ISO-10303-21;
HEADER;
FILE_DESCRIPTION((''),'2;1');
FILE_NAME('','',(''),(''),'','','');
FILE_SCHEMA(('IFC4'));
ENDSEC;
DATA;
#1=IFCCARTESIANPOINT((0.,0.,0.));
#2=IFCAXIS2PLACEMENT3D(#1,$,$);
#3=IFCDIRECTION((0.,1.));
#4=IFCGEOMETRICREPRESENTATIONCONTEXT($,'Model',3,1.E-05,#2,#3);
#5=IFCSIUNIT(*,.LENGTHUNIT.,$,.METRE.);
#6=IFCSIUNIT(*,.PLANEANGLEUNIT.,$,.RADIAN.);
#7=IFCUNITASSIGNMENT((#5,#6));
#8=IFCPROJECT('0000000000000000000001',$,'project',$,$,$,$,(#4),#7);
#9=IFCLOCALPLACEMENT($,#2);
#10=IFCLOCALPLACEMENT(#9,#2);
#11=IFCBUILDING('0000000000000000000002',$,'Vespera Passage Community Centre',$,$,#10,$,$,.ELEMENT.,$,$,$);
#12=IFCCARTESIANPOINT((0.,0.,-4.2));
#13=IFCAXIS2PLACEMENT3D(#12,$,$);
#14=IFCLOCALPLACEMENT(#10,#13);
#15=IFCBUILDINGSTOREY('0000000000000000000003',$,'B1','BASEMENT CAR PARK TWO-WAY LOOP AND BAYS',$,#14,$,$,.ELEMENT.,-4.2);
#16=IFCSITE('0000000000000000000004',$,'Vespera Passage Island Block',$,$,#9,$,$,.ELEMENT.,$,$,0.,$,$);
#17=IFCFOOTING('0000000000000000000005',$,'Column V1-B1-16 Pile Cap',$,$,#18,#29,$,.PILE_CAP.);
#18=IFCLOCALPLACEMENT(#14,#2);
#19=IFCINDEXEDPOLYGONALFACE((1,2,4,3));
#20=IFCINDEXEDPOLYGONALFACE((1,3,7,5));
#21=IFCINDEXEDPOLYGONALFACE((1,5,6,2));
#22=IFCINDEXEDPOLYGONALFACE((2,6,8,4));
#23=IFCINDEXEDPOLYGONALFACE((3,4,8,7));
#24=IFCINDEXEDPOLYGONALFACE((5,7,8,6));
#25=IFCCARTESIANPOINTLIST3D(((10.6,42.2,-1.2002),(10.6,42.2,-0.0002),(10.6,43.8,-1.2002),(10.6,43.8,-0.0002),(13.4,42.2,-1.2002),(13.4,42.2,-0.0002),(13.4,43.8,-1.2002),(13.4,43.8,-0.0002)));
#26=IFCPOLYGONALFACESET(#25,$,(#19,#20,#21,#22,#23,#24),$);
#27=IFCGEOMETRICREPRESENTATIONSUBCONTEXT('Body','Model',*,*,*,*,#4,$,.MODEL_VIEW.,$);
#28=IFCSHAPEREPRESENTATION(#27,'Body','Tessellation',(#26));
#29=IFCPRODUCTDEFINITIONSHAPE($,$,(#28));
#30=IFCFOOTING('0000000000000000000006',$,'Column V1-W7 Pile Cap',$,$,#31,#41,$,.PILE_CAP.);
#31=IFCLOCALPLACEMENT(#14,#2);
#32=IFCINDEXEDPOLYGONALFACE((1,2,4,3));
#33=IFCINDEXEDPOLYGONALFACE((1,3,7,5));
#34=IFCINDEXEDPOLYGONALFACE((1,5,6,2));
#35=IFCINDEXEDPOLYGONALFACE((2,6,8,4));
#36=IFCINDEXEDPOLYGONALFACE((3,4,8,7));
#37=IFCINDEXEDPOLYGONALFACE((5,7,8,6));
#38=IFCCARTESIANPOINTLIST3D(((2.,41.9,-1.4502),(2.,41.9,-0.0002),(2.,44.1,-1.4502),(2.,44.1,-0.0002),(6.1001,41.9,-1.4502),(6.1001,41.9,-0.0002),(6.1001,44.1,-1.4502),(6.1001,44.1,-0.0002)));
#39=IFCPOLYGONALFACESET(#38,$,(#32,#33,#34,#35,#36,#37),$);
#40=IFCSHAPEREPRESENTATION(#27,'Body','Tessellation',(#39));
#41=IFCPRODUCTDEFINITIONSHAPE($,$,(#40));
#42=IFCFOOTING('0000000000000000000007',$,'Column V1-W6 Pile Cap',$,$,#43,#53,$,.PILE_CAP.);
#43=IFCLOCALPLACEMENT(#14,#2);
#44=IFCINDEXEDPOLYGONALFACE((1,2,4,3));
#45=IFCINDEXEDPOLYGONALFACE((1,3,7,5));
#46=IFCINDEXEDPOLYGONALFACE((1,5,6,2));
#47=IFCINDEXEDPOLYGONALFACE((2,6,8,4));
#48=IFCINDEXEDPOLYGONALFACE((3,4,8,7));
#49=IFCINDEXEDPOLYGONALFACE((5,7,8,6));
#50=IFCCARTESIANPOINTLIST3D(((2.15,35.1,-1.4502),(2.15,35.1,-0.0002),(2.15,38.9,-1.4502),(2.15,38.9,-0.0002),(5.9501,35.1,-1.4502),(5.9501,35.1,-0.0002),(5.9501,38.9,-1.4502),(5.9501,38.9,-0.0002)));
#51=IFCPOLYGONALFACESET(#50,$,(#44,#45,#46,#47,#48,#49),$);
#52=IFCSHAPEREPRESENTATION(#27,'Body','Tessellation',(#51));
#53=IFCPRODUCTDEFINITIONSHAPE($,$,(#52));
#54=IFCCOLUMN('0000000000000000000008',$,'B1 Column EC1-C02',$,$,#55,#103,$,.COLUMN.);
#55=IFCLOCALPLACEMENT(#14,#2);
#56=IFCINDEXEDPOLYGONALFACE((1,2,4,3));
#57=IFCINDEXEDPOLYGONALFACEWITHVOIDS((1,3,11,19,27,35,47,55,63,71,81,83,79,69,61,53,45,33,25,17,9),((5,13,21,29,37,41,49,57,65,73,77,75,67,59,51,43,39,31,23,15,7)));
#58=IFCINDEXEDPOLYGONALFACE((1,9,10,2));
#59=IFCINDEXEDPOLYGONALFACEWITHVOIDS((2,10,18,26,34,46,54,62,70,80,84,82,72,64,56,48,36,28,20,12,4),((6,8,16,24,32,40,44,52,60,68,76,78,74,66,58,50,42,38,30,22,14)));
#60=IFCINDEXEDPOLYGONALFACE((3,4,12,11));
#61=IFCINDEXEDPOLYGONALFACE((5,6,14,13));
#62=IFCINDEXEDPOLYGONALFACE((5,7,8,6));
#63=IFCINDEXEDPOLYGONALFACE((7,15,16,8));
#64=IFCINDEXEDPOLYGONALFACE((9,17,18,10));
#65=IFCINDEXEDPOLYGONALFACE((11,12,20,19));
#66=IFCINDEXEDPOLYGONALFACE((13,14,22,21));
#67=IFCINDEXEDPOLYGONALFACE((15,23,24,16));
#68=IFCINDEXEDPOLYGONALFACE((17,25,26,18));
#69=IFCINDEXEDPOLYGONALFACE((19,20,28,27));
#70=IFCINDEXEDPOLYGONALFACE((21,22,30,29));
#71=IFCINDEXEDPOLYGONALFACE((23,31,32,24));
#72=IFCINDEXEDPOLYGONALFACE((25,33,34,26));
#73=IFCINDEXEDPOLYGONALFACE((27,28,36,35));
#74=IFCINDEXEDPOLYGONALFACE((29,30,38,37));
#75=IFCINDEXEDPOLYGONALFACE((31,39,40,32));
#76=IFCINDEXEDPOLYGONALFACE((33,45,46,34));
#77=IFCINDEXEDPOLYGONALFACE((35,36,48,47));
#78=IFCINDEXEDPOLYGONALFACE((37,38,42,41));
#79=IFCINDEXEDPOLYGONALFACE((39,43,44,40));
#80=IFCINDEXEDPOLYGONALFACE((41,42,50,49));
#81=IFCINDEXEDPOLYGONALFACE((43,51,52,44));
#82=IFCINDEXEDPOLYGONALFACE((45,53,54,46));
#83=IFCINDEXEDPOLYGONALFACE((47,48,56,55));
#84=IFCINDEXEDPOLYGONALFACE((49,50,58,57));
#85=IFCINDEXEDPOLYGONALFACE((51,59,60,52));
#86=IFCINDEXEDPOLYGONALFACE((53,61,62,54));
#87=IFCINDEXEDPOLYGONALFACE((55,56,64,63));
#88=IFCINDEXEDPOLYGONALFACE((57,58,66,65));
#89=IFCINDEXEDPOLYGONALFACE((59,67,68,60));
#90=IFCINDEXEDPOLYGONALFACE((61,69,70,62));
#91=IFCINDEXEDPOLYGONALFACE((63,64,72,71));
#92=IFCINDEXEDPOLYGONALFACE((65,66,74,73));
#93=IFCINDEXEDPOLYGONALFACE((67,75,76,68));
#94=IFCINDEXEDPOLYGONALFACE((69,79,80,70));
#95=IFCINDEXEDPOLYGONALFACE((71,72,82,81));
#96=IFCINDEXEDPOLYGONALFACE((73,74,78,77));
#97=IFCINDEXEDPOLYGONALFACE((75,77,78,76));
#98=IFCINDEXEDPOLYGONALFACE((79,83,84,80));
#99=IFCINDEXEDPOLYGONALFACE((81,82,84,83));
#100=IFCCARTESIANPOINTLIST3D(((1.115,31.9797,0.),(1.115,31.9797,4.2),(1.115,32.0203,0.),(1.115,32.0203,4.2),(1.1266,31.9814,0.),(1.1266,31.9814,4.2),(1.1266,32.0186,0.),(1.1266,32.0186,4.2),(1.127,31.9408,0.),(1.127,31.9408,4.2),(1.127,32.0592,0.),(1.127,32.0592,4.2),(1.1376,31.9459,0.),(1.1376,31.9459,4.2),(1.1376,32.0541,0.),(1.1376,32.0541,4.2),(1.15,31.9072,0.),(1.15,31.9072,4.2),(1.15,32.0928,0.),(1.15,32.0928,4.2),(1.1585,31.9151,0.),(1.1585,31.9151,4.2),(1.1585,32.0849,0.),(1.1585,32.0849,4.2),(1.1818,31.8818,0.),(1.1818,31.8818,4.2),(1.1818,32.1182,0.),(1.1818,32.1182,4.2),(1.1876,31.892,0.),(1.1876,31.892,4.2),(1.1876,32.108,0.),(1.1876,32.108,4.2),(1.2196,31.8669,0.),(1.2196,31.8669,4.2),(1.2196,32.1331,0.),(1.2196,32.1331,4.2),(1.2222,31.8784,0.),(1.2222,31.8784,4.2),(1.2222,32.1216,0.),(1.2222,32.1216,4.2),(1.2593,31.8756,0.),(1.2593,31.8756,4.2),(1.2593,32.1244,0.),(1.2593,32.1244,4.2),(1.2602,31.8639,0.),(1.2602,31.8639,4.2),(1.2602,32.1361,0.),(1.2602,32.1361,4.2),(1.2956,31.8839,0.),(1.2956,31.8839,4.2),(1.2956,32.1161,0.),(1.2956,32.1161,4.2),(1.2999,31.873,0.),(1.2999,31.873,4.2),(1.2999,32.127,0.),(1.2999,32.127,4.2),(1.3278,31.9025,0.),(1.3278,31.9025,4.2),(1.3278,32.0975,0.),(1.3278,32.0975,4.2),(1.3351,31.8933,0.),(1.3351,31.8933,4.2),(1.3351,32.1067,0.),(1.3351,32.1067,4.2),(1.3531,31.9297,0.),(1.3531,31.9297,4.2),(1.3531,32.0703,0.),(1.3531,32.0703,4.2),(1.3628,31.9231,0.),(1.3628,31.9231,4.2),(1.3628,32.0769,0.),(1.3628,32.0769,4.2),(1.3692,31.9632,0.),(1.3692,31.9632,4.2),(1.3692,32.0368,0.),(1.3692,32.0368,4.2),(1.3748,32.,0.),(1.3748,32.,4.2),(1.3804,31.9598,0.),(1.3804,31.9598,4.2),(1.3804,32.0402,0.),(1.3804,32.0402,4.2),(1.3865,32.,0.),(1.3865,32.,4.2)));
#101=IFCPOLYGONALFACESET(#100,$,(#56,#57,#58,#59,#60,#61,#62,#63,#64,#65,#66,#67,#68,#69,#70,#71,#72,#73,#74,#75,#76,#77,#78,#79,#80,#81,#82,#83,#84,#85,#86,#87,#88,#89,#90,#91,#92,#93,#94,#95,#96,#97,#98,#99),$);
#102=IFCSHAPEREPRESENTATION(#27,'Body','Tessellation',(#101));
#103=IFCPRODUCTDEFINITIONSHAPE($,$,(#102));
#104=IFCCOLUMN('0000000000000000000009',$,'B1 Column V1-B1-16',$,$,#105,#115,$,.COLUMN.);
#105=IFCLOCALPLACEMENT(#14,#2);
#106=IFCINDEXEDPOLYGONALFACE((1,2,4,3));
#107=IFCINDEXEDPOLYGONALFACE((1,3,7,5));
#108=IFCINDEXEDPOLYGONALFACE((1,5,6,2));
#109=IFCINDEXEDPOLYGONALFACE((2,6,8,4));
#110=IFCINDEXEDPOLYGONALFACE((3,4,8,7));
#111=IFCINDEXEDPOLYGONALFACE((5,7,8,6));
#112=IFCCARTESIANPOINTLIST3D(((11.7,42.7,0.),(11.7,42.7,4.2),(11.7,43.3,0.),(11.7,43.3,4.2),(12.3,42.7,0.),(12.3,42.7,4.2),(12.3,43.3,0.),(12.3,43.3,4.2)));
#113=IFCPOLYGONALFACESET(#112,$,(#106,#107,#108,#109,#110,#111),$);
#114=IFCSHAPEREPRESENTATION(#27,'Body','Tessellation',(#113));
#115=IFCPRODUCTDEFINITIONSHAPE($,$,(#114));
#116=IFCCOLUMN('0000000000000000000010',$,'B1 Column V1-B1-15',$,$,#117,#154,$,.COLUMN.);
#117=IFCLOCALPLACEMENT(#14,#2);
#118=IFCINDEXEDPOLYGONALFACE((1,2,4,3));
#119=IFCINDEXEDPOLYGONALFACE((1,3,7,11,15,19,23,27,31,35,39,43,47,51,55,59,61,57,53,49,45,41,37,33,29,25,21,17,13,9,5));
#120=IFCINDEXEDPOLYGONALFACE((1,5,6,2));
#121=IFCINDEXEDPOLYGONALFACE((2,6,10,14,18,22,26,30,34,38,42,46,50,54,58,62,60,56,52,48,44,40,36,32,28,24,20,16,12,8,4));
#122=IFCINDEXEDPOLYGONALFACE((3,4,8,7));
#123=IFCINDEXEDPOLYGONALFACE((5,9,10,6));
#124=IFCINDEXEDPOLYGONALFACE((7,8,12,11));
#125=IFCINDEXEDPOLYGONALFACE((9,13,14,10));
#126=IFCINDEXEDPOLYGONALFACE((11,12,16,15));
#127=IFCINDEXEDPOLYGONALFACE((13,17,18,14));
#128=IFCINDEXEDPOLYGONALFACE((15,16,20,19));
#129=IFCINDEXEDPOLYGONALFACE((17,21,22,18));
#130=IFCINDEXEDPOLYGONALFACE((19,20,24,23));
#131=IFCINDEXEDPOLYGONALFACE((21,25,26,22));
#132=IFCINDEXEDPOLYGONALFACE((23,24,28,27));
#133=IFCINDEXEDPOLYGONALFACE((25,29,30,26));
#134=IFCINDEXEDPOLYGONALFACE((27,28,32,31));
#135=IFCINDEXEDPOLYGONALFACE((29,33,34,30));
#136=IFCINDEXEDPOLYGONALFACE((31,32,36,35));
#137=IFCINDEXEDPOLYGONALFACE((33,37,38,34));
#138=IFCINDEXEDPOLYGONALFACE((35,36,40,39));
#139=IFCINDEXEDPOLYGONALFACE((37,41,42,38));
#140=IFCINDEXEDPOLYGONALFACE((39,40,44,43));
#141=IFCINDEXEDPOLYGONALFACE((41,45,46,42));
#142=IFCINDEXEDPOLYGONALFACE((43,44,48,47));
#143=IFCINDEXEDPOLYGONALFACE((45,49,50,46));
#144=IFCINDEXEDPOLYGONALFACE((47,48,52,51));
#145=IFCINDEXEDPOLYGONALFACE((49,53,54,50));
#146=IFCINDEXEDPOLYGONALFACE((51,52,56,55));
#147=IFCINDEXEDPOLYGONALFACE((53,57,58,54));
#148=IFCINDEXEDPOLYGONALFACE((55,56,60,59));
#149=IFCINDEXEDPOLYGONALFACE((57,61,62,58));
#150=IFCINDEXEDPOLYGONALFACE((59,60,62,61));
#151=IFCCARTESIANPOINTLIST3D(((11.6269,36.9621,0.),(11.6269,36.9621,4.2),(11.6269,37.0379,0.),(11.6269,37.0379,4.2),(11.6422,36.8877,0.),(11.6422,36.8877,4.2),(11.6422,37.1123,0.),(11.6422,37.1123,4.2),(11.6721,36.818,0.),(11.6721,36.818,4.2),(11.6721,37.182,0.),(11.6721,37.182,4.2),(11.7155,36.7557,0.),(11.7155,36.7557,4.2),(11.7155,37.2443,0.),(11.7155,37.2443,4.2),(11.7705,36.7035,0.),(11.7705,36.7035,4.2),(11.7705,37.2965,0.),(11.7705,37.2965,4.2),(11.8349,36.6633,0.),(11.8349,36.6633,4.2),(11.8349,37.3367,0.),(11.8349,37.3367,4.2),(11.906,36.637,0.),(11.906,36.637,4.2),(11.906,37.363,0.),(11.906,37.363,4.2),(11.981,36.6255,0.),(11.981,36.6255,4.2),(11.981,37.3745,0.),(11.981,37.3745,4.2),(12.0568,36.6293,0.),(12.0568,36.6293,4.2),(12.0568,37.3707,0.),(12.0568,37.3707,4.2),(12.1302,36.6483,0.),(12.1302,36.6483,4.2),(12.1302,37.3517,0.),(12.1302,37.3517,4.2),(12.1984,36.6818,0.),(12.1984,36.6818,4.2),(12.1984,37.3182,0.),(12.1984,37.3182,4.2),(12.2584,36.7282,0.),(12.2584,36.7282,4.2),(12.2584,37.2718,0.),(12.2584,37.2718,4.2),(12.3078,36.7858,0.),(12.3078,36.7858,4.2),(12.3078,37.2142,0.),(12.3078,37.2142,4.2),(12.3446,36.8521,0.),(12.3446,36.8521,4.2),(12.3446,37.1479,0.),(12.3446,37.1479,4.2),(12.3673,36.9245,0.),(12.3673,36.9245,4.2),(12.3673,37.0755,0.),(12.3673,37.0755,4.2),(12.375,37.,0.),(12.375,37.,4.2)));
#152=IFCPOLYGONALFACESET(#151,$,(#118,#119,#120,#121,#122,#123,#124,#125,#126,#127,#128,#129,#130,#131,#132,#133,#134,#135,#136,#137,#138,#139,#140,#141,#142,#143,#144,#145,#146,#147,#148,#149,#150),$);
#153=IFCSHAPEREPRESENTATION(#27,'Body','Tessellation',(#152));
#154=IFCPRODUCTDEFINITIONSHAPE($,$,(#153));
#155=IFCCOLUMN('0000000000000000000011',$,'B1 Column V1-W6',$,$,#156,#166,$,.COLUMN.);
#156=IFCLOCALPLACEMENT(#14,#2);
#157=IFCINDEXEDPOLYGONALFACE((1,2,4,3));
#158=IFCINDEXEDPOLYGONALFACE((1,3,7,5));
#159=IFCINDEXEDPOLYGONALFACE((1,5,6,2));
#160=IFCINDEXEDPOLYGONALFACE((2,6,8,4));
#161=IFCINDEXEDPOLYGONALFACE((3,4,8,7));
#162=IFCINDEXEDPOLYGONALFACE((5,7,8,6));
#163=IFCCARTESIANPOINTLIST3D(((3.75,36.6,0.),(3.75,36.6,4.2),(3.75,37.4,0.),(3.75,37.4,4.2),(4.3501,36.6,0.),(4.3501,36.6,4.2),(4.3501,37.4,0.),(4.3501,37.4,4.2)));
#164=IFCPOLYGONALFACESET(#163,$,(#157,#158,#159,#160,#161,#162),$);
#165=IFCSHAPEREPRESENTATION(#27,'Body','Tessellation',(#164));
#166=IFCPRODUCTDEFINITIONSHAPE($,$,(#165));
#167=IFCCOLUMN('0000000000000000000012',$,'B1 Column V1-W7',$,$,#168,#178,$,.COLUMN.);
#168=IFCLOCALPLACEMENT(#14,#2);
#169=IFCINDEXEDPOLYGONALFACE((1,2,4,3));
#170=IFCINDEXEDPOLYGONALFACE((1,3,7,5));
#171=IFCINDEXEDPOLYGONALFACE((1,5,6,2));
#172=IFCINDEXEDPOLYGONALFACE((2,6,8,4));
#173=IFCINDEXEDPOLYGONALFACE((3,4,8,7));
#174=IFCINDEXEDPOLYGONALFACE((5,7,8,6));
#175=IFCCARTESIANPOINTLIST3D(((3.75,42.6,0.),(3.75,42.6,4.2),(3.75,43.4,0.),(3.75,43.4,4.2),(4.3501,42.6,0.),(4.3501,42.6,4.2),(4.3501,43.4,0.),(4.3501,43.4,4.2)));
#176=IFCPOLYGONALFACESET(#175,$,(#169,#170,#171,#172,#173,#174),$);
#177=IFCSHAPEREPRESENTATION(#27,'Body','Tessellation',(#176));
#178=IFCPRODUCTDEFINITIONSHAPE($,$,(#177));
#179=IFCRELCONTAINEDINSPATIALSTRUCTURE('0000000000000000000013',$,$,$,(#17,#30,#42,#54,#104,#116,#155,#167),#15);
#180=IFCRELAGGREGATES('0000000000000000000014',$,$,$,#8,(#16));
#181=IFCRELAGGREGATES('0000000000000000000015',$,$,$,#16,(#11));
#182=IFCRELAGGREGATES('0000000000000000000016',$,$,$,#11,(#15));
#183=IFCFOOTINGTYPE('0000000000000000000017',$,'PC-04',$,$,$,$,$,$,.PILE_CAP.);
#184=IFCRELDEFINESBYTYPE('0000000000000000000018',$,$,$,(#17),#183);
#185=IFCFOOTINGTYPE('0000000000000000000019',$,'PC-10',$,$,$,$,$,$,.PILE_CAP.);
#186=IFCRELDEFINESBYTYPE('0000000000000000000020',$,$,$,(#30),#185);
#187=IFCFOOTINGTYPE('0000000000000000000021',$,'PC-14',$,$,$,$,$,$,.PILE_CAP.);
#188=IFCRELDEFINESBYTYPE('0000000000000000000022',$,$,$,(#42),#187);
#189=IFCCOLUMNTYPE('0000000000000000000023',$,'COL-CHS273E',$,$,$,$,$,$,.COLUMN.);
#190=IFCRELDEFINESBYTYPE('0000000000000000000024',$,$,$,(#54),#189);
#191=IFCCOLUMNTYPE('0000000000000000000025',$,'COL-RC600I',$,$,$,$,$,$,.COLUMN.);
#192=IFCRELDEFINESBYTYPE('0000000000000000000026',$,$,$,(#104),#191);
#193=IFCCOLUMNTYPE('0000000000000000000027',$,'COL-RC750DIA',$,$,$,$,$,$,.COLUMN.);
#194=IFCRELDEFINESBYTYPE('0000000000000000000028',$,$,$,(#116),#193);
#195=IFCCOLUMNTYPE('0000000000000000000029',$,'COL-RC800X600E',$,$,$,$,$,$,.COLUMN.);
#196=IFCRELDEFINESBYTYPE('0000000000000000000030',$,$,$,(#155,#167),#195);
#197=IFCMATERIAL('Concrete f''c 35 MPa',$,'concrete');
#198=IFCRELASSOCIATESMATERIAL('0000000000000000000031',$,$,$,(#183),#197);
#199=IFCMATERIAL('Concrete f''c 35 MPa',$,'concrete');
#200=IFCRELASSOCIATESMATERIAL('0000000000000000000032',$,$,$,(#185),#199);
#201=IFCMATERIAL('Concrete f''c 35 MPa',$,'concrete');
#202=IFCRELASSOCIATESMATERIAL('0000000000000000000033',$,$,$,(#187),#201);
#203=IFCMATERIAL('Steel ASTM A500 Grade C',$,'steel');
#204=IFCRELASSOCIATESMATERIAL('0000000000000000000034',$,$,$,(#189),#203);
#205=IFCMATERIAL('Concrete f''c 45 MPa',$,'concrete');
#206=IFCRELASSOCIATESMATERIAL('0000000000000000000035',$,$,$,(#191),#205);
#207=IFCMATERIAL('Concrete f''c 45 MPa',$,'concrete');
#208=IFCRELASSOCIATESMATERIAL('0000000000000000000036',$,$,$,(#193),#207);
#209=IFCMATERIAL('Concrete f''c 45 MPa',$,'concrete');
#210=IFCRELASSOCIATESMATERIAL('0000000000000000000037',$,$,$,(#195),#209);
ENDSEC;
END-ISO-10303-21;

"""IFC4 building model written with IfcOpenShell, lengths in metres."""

from ifc_helpers import new_model, si_unit, direction, frame, origin, origin_2d, place, context, subcontext, project, spatial, rectangle, circle, hollow_circle, extrude, material, material_profile, profile_set, type_object, element, save


model = new_model("IFC4")

# Units and contexts
model_context = context("Model", 3, precision=1e-05, world=origin(), true_north=direction((0.0, 1.0)))
body_context = subcontext(model_context, "Body", "Model", "MODEL_VIEW")
ifc_project = project(units=[si_unit("LENGTHUNIT", "METRE"), si_unit("PLANEANGLEUNIT", "RADIAN")], contexts=[model_context])

# Site, building, storey
site_placement = place(None, origin())
site = spatial("IfcSite", under=ifc_project, at=site_placement, Name="Vespera Passage Island Block", CompositionType="ELEMENT", RefElevation=0.0)
building_placement = place(site_placement, origin())
building = spatial("IfcBuilding", under=site, at=building_placement, Name="Vespera Passage Community Centre", CompositionType="ELEMENT")
storey_placement = place(building_placement, frame((0.0, 0.0, -4.2)))
storey = spatial("IfcBuildingStorey", under=building, at=storey_placement, Name="B1", Description="BASEMENT CAR PARK TWO-WAY LOOP AND BAYS", CompositionType="ELEMENT", Elevation=-4.2)

# Footings
ifc_material_1 = material(Name="Concrete f'c 35 MPa", Category="concrete")
footing_type_1 = type_object("IfcFootingType", Name="PC-04", PredefinedType="PILE_CAP", material=ifc_material_1)
for number, where, z_axis, x_axis, name in (
    (1, (12.0, 43.0, -1.2002), (0.0, 0.0, 1.0), (1.0, 0.0, 0.0), "Column V1-B1-16 Pile Cap"),
):
    element("IfcFooting", number, at=place(storey_placement, frame(where, z_axis=z_axis, x_axis=x_axis)), inside=storey, type_object=footing_type_1, Name=name, PredefinedType="PILE_CAP", context=body_context, shape_type="SweptSolid", body=[
        extrude(rectangle(XDim=2.8, YDim=1.6001, at=origin_2d()), origin(), (0.0, 0.0, 1.0), 1.2),
    ])
ifc_material_2 = material(Name="Concrete f'c 35 MPa", Category="concrete")
footing_type_2 = type_object("IfcFootingType", Name="PC-10", PredefinedType="PILE_CAP", material=ifc_material_2)
footing_1_placement = place(storey_placement, frame((4.05, 43.0, -1.4502), z_axis=(0.0, 0.0, 1.0), x_axis=(1.0, 0.0, 0.0)))
element("IfcFooting", 2, at=footing_1_placement, inside=storey, type_object=footing_type_2, Name="Column V1-W7 Pile Cap", PredefinedType="PILE_CAP", context=body_context, shape_type="SweptSolid", body=[
    extrude(rectangle(XDim=4.1001, YDim=2.2, at=origin_2d()), origin(), (0.0, 0.0, 1.0), 1.45),
])
ifc_material_3 = material(Name="Concrete f'c 35 MPa", Category="concrete")
footing_type_3 = type_object("IfcFootingType", Name="PC-14", PredefinedType="PILE_CAP", material=ifc_material_3)
footing_2_placement = place(storey_placement, frame((4.05, 37.0, -1.4502), z_axis=(0.0, 0.0, 1.0), x_axis=(1.0, 0.0, 0.0)))
element("IfcFooting", 3, at=footing_2_placement, inside=storey, type_object=footing_type_3, Name="Column V1-W6 Pile Cap", PredefinedType="PILE_CAP", context=body_context, shape_type="SweptSolid", body=[
    extrude(rectangle(XDim=3.8, YDim=3.8, at=origin_2d()), origin(), (0.0, 0.0, 1.0), 1.45),
])

# Columns
ifc_material_4 = material(Name="Steel ASTM A500 Grade C", Category="steel")
ifc_material_profile_1 = material_profile(ifc_material_4, hollow_circle(Radius=0.1365, WallThickness=0.0117, at=origin_2d()), Name="CHS273X12.7")
ifc_profile_set_1 = profile_set([ifc_material_profile_1], Name="Steel ASTM A500 Grade C")
column_type_1 = type_object("IfcColumnType", Name="COL-CHS273E", PredefinedType="COLUMN", material=ifc_profile_set_1)
column_1_placement = place(storey_placement, frame((1.25, 32.0, 0.0), z_axis=(0.0, 0.0, 1.0), x_axis=(1.0, 0.0, 0.0)))
element("IfcColumn", 4, at=column_1_placement, inside=storey, type_object=column_type_1, Name="B1 Column EC1-C02", PredefinedType="COLUMN", context=body_context, shape_type="SweptSolid", body=[
    extrude(hollow_circle(Radius=0.1365, WallThickness=0.0117, at=origin_2d()), origin(), (0.0, 0.0, 1.0), 4.2),
])
ifc_material_5 = material(Name="Concrete f'c 45 MPa", Category="concrete")
ifc_material_profile_2 = material_profile(ifc_material_5, rectangle(XDim=0.6001, YDim=0.6001, at=origin_2d()), Name="RC600X600")
ifc_profile_set_2 = profile_set([ifc_material_profile_2], Name="Concrete f'c 45 MPa")
column_type_2 = type_object("IfcColumnType", Name="COL-RC600I", PredefinedType="COLUMN", material=ifc_profile_set_2)
column_2_placement = place(storey_placement, frame((12.0, 43.0, 0.0), z_axis=(0.0, 0.0, 1.0), x_axis=(1.0, 0.0, 0.0)))
element("IfcColumn", 5, at=column_2_placement, inside=storey, type_object=column_type_2, Name="B1 Column V1-B1-16", PredefinedType="COLUMN", context=body_context, shape_type="SweptSolid", body=[
    extrude(rectangle(XDim=0.6001, YDim=0.6001, at=origin_2d()), origin(), (0.0, 0.0, 1.0), 4.2),
])
ifc_material_6 = material(Name="Concrete f'c 45 MPa", Category="concrete")
ifc_material_profile_3 = material_profile(ifc_material_6, circle(Radius=0.375, at=origin_2d()), Name="RC750DIA")
ifc_profile_set_3 = profile_set([ifc_material_profile_3], Name="Concrete f'c 45 MPa")
column_type_3 = type_object("IfcColumnType", Name="COL-RC750DIA", PredefinedType="COLUMN", material=ifc_profile_set_3)
column_3_placement = place(storey_placement, frame((12.0, 37.0, 0.0), z_axis=(0.0, 0.0, 1.0), x_axis=(1.0, 0.0, 0.0)))
element("IfcColumn", 6, at=column_3_placement, inside=storey, type_object=column_type_3, Name="B1 Column V1-B1-15", PredefinedType="COLUMN", context=body_context, shape_type="SweptSolid", body=[
    extrude(circle(Radius=0.375, at=origin_2d()), origin(), (0.0, 0.0, 1.0), 4.2),
])
ifc_material_7 = material(Name="Concrete f'c 45 MPa", Category="concrete")
ifc_material_profile_4 = material_profile(ifc_material_7, rectangle(XDim=0.6001, YDim=0.8, at=origin_2d()), Name="RC800X600")
ifc_profile_set_4 = profile_set([ifc_material_profile_4], Name="Concrete f'c 45 MPa")
column_type_4 = type_object("IfcColumnType", Name="COL-RC800X600E", PredefinedType="COLUMN", material=ifc_profile_set_4)
for number, where, z_axis, x_axis, name in (
    (7, (4.05, 37.0, 0.0), (0.0, 0.0, 1.0), (1.0, 0.0, 0.0), "B1 Column V1-W6"),
    (8, (4.05, 43.0, 0.0), (0.0, 0.0, 1.0), (1.0, 0.0, 0.0), "B1 Column V1-W7"),
):
    element("IfcColumn", number, at=place(storey_placement, frame(where, z_axis=z_axis, x_axis=x_axis)), inside=storey, type_object=column_type_4, Name=name, PredefinedType="COLUMN", context=body_context, shape_type="SweptSolid", body=[
        extrude(rectangle(XDim=0.6001, YDim=0.8, at=origin_2d()), origin(), (0.0, 0.0, 1.0), 4.2),
    ])

save(model, "model.ifc")
